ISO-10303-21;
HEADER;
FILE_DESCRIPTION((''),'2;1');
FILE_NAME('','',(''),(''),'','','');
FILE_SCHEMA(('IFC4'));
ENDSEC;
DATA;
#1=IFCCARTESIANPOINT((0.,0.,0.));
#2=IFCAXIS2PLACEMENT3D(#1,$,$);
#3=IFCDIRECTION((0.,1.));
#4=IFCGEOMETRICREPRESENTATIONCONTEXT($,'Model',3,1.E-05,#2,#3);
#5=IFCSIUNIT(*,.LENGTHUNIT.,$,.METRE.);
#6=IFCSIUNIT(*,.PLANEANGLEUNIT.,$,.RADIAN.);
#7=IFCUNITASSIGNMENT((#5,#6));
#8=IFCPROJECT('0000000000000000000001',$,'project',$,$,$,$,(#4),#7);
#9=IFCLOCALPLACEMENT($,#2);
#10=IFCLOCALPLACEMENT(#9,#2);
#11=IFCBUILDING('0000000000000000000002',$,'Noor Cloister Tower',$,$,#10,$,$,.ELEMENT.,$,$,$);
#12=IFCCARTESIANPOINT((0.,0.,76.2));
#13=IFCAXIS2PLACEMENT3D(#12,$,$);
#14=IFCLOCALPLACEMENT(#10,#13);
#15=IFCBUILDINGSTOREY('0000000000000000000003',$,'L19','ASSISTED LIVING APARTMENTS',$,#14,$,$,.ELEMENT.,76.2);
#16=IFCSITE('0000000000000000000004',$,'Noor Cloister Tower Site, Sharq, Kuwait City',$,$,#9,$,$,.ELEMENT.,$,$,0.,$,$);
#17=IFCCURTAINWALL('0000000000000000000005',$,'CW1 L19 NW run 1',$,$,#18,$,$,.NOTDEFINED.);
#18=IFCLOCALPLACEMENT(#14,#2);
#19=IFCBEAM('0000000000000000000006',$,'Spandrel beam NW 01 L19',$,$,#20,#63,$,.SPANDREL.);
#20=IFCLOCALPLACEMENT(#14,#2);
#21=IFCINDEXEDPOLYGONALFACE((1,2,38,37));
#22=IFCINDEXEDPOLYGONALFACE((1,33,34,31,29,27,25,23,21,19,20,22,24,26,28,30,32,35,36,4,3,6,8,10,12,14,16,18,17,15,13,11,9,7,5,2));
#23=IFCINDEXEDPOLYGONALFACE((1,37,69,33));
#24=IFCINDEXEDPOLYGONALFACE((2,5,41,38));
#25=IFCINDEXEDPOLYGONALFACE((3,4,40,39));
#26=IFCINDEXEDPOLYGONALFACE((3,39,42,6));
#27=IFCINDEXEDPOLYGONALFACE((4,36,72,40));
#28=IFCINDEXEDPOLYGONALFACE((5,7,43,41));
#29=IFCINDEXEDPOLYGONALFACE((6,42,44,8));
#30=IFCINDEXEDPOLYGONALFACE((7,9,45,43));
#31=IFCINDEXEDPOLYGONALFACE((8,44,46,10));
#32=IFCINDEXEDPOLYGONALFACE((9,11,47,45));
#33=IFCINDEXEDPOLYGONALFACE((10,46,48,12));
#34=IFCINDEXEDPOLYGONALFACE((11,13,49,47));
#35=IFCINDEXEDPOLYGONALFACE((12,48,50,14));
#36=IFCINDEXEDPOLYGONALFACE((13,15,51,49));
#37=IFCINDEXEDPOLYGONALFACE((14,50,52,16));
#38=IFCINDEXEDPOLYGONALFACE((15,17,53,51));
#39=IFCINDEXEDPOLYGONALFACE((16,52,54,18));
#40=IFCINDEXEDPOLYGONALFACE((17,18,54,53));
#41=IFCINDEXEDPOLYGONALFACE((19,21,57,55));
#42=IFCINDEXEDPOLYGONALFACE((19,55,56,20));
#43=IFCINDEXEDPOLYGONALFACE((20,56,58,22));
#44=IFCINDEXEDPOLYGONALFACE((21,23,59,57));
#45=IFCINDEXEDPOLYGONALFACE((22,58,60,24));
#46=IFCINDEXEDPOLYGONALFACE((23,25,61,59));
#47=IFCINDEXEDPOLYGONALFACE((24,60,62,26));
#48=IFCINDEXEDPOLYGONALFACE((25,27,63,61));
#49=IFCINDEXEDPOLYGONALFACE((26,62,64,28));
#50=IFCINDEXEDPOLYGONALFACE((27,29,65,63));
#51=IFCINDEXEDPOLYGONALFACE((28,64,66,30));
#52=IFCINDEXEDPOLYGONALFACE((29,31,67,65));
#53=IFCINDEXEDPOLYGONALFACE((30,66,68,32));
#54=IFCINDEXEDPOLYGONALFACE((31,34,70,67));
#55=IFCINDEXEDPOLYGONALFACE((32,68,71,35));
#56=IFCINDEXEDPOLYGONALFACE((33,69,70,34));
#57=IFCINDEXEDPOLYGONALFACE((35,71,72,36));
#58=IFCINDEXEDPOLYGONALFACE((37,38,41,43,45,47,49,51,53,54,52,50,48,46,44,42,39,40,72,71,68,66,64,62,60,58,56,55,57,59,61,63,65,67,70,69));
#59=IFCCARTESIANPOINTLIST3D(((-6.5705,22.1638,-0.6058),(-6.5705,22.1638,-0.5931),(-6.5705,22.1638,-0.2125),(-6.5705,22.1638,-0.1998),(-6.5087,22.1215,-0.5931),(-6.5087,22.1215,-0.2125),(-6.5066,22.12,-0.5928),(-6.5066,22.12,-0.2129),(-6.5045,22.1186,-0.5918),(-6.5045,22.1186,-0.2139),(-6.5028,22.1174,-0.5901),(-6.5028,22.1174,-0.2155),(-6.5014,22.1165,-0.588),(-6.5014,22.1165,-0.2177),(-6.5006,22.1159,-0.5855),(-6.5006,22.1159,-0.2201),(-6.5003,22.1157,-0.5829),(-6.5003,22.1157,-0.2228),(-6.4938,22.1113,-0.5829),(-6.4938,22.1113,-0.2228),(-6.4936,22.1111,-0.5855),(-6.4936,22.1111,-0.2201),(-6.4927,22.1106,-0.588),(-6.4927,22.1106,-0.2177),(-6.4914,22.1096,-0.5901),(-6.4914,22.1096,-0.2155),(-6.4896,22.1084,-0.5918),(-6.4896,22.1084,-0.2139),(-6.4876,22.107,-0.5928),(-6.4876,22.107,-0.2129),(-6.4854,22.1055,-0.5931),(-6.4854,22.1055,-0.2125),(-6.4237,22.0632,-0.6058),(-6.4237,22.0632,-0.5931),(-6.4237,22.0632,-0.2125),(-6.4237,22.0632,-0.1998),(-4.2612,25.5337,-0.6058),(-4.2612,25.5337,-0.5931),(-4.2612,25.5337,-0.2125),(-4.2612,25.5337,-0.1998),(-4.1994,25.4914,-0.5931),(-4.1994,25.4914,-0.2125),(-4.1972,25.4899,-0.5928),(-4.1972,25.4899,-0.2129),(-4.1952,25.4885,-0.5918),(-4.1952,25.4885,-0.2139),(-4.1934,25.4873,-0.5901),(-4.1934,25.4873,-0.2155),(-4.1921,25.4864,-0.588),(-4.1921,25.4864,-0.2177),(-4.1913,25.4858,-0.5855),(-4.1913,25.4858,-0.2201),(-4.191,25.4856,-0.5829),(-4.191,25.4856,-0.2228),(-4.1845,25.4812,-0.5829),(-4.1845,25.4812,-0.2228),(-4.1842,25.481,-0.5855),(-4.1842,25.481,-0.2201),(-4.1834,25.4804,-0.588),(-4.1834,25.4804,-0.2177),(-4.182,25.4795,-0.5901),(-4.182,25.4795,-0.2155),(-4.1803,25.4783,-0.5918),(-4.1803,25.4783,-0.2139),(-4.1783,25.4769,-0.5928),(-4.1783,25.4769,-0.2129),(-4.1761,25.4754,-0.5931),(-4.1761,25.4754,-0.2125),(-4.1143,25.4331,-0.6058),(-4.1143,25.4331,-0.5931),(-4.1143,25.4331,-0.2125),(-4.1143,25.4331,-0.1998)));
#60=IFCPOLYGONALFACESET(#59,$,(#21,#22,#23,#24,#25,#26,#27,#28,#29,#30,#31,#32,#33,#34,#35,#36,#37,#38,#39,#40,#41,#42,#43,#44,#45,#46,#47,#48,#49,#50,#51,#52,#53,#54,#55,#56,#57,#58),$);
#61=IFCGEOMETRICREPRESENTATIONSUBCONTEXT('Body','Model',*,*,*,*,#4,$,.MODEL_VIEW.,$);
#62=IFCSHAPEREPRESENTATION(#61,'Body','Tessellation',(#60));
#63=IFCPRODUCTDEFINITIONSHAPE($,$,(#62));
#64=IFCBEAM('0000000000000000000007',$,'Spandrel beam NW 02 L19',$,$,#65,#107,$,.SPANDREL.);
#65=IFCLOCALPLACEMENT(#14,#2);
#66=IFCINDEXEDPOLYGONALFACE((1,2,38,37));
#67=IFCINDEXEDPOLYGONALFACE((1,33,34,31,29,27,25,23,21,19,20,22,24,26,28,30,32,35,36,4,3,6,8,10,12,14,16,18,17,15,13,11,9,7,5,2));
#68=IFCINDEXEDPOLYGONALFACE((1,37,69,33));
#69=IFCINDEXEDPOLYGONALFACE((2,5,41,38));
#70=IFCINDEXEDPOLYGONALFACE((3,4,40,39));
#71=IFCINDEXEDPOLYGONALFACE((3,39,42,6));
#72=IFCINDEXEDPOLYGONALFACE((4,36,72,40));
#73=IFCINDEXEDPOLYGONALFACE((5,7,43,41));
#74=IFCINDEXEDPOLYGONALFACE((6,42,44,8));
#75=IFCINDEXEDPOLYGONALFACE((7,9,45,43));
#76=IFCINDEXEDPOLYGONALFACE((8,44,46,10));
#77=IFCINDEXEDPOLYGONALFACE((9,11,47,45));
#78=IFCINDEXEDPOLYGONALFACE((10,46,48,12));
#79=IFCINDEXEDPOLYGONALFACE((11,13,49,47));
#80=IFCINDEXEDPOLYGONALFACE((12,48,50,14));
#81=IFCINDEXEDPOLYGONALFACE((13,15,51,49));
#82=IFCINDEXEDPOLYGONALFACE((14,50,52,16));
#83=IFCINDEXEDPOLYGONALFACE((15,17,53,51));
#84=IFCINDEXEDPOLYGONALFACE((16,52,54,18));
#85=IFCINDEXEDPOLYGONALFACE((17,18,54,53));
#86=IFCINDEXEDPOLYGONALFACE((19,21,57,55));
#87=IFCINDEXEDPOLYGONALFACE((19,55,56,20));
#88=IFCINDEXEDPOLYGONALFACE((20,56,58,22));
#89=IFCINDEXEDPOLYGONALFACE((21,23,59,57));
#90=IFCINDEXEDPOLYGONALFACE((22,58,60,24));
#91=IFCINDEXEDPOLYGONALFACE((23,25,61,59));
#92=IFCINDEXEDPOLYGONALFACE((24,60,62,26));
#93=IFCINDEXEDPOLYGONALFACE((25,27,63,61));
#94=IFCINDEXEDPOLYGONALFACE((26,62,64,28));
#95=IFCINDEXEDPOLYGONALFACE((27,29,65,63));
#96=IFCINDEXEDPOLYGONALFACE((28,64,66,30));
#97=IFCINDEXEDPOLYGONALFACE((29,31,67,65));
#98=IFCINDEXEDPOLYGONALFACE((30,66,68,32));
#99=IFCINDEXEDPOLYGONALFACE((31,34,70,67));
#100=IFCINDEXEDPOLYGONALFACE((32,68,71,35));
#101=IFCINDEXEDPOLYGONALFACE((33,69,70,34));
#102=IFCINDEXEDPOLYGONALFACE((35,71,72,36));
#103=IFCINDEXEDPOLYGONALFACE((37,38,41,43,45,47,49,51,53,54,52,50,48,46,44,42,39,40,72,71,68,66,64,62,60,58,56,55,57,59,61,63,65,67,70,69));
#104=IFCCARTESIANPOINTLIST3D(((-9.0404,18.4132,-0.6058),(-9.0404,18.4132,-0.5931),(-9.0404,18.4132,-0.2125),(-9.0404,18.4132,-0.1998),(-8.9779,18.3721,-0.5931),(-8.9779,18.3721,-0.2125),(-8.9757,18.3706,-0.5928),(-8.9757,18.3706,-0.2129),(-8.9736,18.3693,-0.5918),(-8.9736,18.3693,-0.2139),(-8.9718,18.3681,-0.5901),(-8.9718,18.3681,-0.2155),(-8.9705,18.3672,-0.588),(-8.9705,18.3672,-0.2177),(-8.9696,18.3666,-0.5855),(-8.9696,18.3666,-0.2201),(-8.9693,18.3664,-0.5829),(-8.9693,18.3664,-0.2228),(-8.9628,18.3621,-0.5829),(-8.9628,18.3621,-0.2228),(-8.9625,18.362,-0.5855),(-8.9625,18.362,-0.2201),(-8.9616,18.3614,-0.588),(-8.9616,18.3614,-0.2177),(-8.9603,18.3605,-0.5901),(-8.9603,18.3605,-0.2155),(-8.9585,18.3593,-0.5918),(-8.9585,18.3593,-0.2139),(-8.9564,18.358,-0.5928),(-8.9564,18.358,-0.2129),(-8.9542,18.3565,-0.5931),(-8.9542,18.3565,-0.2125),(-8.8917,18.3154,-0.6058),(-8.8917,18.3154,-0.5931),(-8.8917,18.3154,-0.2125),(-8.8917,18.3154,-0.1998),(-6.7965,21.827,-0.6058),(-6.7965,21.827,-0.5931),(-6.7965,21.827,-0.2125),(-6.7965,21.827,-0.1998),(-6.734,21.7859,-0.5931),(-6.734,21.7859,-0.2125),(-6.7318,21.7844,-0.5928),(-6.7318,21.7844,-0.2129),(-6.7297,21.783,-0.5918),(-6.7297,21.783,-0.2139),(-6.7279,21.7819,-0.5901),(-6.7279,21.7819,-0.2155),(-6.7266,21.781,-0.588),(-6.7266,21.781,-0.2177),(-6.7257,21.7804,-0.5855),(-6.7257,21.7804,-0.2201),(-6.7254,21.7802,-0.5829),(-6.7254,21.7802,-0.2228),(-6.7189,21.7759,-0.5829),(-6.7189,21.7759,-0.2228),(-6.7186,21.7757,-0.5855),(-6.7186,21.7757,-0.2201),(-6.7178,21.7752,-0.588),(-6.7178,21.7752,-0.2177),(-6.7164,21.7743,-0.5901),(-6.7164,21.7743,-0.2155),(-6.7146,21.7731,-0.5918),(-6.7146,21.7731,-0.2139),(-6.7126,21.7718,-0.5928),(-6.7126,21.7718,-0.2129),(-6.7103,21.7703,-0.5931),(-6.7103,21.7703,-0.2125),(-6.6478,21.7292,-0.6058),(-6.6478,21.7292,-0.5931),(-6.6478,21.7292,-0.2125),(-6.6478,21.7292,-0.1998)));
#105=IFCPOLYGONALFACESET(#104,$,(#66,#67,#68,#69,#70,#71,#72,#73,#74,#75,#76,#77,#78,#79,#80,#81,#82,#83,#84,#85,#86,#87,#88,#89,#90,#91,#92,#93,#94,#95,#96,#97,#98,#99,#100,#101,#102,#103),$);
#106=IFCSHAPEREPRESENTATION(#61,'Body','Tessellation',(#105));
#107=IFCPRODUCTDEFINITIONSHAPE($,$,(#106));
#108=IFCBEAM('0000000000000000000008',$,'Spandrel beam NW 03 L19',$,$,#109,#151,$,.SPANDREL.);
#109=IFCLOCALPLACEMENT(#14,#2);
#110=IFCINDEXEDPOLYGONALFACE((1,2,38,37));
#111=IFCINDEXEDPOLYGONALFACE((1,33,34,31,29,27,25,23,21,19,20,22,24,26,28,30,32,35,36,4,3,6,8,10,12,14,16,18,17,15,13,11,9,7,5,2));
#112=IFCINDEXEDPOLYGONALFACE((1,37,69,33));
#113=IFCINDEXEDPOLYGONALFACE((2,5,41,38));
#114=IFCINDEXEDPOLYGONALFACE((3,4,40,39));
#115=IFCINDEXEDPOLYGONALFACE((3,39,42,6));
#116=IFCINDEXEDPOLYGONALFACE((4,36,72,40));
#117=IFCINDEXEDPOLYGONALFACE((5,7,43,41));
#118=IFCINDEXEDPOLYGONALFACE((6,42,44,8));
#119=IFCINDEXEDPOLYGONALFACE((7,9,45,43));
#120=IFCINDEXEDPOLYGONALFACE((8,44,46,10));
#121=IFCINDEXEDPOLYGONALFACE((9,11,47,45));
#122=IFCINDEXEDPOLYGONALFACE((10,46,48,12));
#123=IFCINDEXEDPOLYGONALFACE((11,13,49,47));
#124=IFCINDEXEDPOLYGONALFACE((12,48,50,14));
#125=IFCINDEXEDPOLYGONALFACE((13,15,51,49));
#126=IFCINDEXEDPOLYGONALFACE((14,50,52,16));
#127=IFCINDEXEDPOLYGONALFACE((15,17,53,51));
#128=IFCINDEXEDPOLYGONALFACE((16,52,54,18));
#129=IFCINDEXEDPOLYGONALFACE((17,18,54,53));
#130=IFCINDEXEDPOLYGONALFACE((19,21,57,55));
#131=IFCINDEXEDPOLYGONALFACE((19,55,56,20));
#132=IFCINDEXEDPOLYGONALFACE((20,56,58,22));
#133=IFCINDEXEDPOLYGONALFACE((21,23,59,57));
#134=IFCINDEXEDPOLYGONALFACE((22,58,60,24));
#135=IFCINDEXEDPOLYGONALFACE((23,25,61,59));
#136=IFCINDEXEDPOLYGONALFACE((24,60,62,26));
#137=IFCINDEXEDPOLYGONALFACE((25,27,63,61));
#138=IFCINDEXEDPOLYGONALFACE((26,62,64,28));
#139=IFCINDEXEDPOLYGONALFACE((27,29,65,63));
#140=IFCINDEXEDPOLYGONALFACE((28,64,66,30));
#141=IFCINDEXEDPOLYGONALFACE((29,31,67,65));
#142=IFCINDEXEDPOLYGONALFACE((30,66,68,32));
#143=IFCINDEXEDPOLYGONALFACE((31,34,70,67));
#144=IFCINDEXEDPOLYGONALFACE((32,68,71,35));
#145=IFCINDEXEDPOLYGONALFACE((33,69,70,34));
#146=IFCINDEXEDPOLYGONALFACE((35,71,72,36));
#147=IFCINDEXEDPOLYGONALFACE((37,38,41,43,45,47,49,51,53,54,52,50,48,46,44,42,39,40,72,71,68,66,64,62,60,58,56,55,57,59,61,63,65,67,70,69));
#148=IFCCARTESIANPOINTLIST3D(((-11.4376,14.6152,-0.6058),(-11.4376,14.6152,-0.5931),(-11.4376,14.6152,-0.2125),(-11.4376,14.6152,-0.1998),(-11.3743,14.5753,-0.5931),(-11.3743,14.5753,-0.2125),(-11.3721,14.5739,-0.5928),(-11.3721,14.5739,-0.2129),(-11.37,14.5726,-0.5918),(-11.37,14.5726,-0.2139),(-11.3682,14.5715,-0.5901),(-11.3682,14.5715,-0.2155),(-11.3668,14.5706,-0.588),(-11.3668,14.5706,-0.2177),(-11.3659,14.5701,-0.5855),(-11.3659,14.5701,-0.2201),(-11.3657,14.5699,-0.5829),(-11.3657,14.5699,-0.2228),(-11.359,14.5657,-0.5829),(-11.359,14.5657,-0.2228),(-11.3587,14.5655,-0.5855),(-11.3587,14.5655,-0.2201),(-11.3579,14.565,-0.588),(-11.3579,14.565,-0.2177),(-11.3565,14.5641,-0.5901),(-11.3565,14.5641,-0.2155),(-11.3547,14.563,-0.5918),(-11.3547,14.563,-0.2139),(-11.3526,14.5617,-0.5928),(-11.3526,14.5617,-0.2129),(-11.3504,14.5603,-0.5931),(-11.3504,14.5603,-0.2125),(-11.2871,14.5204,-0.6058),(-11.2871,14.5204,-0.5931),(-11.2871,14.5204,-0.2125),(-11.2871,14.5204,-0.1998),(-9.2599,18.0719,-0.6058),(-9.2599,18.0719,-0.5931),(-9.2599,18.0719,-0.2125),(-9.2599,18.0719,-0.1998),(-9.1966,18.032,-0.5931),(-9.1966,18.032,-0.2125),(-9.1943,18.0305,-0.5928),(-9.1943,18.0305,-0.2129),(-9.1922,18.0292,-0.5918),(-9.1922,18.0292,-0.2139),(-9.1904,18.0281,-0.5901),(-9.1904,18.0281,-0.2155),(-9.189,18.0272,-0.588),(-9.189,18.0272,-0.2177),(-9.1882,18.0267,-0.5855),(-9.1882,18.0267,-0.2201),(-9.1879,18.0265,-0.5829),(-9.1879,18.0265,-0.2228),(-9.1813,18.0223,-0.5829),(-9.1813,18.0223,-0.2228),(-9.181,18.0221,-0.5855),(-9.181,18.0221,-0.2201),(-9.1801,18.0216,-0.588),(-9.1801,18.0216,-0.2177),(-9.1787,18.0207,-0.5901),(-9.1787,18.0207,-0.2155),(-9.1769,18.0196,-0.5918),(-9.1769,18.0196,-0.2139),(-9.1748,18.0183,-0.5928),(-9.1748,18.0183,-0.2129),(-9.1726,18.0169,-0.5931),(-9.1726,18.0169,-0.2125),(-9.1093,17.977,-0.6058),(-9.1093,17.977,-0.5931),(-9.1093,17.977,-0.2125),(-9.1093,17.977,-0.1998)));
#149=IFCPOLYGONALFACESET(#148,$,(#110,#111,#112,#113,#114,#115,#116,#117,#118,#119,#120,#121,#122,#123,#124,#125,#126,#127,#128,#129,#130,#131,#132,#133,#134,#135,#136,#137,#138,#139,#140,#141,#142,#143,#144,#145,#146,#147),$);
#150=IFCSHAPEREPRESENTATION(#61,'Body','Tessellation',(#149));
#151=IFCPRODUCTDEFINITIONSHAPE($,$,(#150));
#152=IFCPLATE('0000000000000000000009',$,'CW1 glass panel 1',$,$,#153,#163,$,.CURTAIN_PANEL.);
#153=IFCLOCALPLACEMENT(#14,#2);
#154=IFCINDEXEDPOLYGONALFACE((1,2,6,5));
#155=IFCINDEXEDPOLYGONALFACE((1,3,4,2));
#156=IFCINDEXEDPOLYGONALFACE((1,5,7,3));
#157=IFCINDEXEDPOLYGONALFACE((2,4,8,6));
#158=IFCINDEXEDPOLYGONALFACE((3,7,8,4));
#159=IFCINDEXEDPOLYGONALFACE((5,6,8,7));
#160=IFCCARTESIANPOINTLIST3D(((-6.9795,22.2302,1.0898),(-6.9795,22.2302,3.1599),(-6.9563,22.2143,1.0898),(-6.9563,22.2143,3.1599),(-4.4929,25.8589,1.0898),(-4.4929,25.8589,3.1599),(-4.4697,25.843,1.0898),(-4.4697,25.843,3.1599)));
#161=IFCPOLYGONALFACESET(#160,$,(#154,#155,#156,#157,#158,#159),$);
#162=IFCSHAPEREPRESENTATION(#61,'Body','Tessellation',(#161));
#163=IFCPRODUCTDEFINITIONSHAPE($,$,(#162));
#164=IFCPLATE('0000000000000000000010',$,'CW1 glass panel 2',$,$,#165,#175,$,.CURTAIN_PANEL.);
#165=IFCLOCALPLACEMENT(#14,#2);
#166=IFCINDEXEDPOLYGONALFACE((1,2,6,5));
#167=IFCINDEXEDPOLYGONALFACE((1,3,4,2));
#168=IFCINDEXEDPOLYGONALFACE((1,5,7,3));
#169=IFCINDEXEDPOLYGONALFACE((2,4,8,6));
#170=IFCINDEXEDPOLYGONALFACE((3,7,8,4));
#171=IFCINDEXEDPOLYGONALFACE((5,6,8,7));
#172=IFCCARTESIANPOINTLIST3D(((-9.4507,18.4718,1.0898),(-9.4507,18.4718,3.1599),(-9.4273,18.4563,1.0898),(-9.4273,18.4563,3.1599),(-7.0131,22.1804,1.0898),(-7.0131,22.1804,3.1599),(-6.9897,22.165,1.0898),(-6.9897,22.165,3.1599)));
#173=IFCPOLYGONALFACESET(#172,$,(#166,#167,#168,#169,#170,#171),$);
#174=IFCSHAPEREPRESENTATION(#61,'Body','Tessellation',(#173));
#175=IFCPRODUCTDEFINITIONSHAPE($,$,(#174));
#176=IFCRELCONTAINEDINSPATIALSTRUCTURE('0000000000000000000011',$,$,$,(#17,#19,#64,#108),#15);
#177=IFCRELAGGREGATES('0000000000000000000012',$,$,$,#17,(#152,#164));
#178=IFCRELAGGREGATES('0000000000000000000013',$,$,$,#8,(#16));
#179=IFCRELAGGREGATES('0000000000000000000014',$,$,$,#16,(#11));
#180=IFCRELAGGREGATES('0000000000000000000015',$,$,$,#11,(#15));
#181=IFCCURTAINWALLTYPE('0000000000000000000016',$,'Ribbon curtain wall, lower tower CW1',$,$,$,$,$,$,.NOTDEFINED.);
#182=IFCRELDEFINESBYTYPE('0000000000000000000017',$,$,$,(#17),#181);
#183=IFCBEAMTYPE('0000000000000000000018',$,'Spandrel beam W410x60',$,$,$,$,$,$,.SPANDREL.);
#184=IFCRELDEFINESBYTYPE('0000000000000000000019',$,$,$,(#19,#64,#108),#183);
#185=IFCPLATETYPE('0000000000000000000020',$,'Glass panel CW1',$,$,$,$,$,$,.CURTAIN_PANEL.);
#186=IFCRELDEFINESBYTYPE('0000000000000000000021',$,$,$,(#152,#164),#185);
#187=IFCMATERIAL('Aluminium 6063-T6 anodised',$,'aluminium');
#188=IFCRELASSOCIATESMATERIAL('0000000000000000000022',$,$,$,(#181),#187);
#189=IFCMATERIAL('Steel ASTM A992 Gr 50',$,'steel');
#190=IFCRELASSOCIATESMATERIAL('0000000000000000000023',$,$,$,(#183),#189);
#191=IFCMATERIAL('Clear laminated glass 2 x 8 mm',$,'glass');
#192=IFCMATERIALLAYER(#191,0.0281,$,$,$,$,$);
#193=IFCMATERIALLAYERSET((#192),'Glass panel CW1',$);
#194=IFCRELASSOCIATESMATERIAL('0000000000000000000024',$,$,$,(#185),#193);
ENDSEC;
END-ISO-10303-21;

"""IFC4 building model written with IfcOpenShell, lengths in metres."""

from ifc_helpers import new_model, si_unit, direction, frame, origin, origin_2d, place, context, subcontext, project, spatial, rectangle, i_section, extrude, material, layer, layer_set, material_profile, profile_set, type_object, element, aggregate, save


model = new_model("IFC4")

# Units and contexts
model_context = context("Model", 3, precision=1e-05, world=origin(), true_north=direction((0.0, 1.0)))
body_context = subcontext(model_context, "Body", "Model", "MODEL_VIEW")
ifc_project = project(units=[si_unit("LENGTHUNIT", "METRE"), si_unit("PLANEANGLEUNIT", "RADIAN")], contexts=[model_context])

# Site, building, storey
site_placement = place(None, origin())
site = spatial("IfcSite", under=ifc_project, at=site_placement, Name="Noor Cloister Tower Site, Sharq, Kuwait City", CompositionType="ELEMENT", RefElevation=0.0)
building_placement = place(site_placement, origin())
building = spatial("IfcBuilding", under=site, at=building_placement, Name="Noor Cloister Tower", CompositionType="ELEMENT")
storey_placement = place(building_placement, frame((0.0, 0.0, 76.2)))
storey = spatial("IfcBuildingStorey", under=building, at=storey_placement, Name="L19", Description="ASSISTED LIVING APARTMENTS", CompositionType="ELEMENT", Elevation=76.2)

# Curtain wall
ifc_material_1 = material(Name="Aluminium 6063-T6 anodised", Category="aluminium")
curtain_wall_type = type_object("IfcCurtainWallType", Name="Ribbon curtain wall, lower tower CW1", PredefinedType="NOTDEFINED", material=ifc_material_1)
curtain_wall_placement = place(storey_placement, origin())
curtain_wall = element("IfcCurtainWall", 1, at=curtain_wall_placement, inside=storey, type_object=curtain_wall_type, Name="CW1 L19 NW run 1", PredefinedType="NOTDEFINED")

# Beams
ifc_material_2 = material(Name="Steel ASTM A992 Gr 50", Category="steel")
ifc_material_profile_1 = material_profile(ifc_material_2, i_section(OverallWidth=0.178, OverallDepth=0.406, WebThickness=0.0078, FlangeThickness=0.0127, FilletRadius=0.0103, at=origin_2d()), Name="W410x60")
ifc_profile_set_1 = profile_set([ifc_material_profile_1], Name="Steel ASTM A992 Gr 50")
beam_type_1 = type_object("IfcBeamType", Name="Spandrel beam W410x60", PredefinedType="SPANDREL", material=ifc_profile_set_1)
for number, where, z_axis, x_axis, name in (
    (2, (-4.1877, 25.4834, -0.4028), (-0.565288, -0.824894, 0.0), (0.824894, -0.565288, 0.0), "Spandrel beam NW 01 L19"),
    (3, (-6.7222, 21.7781, -0.4028), (-0.549269, -0.835646, 0.0), (0.835646, -0.549269, 0.0), "Spandrel beam NW 02 L19"),
):
    element("IfcBeam", number, at=place(storey_placement, frame(where, z_axis=z_axis, x_axis=x_axis)), inside=storey, type_object=beam_type_1, Name=name, PredefinedType="SPANDREL", context=body_context, shape_type="SweptSolid", body=[
        extrude(i_section(OverallWidth=0.178, OverallDepth=0.406, WebThickness=0.0078, FlangeThickness=0.0127, FilletRadius=0.0103, at=origin_2d()), origin(), (0.0, 0.0, 1.0), 4.0852),
    ])
beam_1_placement = place(storey_placement, frame((-9.1846, 18.0244, -0.4028), z_axis=(-0.533057, -0.846079, 0.0), x_axis=(0.846079, -0.533057, 0.0)))
element("IfcBeam", 4, at=beam_1_placement, inside=storey, type_object=beam_type_1, Name="Spandrel beam NW 03 L19", PredefinedType="SPANDREL", context=body_context, shape_type="SweptSolid", body=[
    extrude(i_section(OverallWidth=0.178, OverallDepth=0.406, WebThickness=0.0078, FlangeThickness=0.0127, FilletRadius=0.0103, at=origin_2d()), origin(), (0.0, 0.0, 1.0), 4.0854),
])

# Plates
ifc_material_3 = material(Name="Clear laminated glass 2 x 8 mm", Category="glass")
ifc_layer = layer(ifc_material_3, 0.0281)
ifc_layer_set = layer_set([ifc_layer], Name="Glass panel CW1")
plate_type = type_object("IfcPlateType", Name="Glass panel CW1", PredefinedType="CURTAIN_PANEL", material=ifc_layer_set)
plate_1_placement = place(storey_placement, frame((-5.7246, 24.0366, 1.0898), z_axis=(0.0, 0.0, 1.0), x_axis=(-0.565276, -0.824902, 0.0)))
plate_1 = element("IfcPlate", 5, at=plate_1_placement, type_object=plate_type, Name="CW1 glass panel 1", PredefinedType="CURTAIN_PANEL", context=body_context, shape_type="SweptSolid", body=[
    extrude(rectangle(XDim=4.3989, YDim=0.0281, at=origin_2d()), origin(), (0.0, 0.0, 1.0), 2.0701),
])
plate_2_placement = place(storey_placement, frame((-8.2202, 20.3184, 1.0898), z_axis=(0.0, 0.0, 1.0), x_axis=(-0.549258, -0.835653, 0.0)))
plate_2 = element("IfcPlate", 6, at=plate_2_placement, type_object=plate_type, Name="CW1 glass panel 2", PredefinedType="CURTAIN_PANEL", context=body_context, shape_type="SweptSolid", body=[
    extrude(rectangle(XDim=4.438, YDim=0.0281, at=origin_2d()), origin(), (0.0, 0.0, 1.0), 2.0701),
])
aggregate(curtain_wall, [plate_1, plate_2])

save(model, "model.ifc")
